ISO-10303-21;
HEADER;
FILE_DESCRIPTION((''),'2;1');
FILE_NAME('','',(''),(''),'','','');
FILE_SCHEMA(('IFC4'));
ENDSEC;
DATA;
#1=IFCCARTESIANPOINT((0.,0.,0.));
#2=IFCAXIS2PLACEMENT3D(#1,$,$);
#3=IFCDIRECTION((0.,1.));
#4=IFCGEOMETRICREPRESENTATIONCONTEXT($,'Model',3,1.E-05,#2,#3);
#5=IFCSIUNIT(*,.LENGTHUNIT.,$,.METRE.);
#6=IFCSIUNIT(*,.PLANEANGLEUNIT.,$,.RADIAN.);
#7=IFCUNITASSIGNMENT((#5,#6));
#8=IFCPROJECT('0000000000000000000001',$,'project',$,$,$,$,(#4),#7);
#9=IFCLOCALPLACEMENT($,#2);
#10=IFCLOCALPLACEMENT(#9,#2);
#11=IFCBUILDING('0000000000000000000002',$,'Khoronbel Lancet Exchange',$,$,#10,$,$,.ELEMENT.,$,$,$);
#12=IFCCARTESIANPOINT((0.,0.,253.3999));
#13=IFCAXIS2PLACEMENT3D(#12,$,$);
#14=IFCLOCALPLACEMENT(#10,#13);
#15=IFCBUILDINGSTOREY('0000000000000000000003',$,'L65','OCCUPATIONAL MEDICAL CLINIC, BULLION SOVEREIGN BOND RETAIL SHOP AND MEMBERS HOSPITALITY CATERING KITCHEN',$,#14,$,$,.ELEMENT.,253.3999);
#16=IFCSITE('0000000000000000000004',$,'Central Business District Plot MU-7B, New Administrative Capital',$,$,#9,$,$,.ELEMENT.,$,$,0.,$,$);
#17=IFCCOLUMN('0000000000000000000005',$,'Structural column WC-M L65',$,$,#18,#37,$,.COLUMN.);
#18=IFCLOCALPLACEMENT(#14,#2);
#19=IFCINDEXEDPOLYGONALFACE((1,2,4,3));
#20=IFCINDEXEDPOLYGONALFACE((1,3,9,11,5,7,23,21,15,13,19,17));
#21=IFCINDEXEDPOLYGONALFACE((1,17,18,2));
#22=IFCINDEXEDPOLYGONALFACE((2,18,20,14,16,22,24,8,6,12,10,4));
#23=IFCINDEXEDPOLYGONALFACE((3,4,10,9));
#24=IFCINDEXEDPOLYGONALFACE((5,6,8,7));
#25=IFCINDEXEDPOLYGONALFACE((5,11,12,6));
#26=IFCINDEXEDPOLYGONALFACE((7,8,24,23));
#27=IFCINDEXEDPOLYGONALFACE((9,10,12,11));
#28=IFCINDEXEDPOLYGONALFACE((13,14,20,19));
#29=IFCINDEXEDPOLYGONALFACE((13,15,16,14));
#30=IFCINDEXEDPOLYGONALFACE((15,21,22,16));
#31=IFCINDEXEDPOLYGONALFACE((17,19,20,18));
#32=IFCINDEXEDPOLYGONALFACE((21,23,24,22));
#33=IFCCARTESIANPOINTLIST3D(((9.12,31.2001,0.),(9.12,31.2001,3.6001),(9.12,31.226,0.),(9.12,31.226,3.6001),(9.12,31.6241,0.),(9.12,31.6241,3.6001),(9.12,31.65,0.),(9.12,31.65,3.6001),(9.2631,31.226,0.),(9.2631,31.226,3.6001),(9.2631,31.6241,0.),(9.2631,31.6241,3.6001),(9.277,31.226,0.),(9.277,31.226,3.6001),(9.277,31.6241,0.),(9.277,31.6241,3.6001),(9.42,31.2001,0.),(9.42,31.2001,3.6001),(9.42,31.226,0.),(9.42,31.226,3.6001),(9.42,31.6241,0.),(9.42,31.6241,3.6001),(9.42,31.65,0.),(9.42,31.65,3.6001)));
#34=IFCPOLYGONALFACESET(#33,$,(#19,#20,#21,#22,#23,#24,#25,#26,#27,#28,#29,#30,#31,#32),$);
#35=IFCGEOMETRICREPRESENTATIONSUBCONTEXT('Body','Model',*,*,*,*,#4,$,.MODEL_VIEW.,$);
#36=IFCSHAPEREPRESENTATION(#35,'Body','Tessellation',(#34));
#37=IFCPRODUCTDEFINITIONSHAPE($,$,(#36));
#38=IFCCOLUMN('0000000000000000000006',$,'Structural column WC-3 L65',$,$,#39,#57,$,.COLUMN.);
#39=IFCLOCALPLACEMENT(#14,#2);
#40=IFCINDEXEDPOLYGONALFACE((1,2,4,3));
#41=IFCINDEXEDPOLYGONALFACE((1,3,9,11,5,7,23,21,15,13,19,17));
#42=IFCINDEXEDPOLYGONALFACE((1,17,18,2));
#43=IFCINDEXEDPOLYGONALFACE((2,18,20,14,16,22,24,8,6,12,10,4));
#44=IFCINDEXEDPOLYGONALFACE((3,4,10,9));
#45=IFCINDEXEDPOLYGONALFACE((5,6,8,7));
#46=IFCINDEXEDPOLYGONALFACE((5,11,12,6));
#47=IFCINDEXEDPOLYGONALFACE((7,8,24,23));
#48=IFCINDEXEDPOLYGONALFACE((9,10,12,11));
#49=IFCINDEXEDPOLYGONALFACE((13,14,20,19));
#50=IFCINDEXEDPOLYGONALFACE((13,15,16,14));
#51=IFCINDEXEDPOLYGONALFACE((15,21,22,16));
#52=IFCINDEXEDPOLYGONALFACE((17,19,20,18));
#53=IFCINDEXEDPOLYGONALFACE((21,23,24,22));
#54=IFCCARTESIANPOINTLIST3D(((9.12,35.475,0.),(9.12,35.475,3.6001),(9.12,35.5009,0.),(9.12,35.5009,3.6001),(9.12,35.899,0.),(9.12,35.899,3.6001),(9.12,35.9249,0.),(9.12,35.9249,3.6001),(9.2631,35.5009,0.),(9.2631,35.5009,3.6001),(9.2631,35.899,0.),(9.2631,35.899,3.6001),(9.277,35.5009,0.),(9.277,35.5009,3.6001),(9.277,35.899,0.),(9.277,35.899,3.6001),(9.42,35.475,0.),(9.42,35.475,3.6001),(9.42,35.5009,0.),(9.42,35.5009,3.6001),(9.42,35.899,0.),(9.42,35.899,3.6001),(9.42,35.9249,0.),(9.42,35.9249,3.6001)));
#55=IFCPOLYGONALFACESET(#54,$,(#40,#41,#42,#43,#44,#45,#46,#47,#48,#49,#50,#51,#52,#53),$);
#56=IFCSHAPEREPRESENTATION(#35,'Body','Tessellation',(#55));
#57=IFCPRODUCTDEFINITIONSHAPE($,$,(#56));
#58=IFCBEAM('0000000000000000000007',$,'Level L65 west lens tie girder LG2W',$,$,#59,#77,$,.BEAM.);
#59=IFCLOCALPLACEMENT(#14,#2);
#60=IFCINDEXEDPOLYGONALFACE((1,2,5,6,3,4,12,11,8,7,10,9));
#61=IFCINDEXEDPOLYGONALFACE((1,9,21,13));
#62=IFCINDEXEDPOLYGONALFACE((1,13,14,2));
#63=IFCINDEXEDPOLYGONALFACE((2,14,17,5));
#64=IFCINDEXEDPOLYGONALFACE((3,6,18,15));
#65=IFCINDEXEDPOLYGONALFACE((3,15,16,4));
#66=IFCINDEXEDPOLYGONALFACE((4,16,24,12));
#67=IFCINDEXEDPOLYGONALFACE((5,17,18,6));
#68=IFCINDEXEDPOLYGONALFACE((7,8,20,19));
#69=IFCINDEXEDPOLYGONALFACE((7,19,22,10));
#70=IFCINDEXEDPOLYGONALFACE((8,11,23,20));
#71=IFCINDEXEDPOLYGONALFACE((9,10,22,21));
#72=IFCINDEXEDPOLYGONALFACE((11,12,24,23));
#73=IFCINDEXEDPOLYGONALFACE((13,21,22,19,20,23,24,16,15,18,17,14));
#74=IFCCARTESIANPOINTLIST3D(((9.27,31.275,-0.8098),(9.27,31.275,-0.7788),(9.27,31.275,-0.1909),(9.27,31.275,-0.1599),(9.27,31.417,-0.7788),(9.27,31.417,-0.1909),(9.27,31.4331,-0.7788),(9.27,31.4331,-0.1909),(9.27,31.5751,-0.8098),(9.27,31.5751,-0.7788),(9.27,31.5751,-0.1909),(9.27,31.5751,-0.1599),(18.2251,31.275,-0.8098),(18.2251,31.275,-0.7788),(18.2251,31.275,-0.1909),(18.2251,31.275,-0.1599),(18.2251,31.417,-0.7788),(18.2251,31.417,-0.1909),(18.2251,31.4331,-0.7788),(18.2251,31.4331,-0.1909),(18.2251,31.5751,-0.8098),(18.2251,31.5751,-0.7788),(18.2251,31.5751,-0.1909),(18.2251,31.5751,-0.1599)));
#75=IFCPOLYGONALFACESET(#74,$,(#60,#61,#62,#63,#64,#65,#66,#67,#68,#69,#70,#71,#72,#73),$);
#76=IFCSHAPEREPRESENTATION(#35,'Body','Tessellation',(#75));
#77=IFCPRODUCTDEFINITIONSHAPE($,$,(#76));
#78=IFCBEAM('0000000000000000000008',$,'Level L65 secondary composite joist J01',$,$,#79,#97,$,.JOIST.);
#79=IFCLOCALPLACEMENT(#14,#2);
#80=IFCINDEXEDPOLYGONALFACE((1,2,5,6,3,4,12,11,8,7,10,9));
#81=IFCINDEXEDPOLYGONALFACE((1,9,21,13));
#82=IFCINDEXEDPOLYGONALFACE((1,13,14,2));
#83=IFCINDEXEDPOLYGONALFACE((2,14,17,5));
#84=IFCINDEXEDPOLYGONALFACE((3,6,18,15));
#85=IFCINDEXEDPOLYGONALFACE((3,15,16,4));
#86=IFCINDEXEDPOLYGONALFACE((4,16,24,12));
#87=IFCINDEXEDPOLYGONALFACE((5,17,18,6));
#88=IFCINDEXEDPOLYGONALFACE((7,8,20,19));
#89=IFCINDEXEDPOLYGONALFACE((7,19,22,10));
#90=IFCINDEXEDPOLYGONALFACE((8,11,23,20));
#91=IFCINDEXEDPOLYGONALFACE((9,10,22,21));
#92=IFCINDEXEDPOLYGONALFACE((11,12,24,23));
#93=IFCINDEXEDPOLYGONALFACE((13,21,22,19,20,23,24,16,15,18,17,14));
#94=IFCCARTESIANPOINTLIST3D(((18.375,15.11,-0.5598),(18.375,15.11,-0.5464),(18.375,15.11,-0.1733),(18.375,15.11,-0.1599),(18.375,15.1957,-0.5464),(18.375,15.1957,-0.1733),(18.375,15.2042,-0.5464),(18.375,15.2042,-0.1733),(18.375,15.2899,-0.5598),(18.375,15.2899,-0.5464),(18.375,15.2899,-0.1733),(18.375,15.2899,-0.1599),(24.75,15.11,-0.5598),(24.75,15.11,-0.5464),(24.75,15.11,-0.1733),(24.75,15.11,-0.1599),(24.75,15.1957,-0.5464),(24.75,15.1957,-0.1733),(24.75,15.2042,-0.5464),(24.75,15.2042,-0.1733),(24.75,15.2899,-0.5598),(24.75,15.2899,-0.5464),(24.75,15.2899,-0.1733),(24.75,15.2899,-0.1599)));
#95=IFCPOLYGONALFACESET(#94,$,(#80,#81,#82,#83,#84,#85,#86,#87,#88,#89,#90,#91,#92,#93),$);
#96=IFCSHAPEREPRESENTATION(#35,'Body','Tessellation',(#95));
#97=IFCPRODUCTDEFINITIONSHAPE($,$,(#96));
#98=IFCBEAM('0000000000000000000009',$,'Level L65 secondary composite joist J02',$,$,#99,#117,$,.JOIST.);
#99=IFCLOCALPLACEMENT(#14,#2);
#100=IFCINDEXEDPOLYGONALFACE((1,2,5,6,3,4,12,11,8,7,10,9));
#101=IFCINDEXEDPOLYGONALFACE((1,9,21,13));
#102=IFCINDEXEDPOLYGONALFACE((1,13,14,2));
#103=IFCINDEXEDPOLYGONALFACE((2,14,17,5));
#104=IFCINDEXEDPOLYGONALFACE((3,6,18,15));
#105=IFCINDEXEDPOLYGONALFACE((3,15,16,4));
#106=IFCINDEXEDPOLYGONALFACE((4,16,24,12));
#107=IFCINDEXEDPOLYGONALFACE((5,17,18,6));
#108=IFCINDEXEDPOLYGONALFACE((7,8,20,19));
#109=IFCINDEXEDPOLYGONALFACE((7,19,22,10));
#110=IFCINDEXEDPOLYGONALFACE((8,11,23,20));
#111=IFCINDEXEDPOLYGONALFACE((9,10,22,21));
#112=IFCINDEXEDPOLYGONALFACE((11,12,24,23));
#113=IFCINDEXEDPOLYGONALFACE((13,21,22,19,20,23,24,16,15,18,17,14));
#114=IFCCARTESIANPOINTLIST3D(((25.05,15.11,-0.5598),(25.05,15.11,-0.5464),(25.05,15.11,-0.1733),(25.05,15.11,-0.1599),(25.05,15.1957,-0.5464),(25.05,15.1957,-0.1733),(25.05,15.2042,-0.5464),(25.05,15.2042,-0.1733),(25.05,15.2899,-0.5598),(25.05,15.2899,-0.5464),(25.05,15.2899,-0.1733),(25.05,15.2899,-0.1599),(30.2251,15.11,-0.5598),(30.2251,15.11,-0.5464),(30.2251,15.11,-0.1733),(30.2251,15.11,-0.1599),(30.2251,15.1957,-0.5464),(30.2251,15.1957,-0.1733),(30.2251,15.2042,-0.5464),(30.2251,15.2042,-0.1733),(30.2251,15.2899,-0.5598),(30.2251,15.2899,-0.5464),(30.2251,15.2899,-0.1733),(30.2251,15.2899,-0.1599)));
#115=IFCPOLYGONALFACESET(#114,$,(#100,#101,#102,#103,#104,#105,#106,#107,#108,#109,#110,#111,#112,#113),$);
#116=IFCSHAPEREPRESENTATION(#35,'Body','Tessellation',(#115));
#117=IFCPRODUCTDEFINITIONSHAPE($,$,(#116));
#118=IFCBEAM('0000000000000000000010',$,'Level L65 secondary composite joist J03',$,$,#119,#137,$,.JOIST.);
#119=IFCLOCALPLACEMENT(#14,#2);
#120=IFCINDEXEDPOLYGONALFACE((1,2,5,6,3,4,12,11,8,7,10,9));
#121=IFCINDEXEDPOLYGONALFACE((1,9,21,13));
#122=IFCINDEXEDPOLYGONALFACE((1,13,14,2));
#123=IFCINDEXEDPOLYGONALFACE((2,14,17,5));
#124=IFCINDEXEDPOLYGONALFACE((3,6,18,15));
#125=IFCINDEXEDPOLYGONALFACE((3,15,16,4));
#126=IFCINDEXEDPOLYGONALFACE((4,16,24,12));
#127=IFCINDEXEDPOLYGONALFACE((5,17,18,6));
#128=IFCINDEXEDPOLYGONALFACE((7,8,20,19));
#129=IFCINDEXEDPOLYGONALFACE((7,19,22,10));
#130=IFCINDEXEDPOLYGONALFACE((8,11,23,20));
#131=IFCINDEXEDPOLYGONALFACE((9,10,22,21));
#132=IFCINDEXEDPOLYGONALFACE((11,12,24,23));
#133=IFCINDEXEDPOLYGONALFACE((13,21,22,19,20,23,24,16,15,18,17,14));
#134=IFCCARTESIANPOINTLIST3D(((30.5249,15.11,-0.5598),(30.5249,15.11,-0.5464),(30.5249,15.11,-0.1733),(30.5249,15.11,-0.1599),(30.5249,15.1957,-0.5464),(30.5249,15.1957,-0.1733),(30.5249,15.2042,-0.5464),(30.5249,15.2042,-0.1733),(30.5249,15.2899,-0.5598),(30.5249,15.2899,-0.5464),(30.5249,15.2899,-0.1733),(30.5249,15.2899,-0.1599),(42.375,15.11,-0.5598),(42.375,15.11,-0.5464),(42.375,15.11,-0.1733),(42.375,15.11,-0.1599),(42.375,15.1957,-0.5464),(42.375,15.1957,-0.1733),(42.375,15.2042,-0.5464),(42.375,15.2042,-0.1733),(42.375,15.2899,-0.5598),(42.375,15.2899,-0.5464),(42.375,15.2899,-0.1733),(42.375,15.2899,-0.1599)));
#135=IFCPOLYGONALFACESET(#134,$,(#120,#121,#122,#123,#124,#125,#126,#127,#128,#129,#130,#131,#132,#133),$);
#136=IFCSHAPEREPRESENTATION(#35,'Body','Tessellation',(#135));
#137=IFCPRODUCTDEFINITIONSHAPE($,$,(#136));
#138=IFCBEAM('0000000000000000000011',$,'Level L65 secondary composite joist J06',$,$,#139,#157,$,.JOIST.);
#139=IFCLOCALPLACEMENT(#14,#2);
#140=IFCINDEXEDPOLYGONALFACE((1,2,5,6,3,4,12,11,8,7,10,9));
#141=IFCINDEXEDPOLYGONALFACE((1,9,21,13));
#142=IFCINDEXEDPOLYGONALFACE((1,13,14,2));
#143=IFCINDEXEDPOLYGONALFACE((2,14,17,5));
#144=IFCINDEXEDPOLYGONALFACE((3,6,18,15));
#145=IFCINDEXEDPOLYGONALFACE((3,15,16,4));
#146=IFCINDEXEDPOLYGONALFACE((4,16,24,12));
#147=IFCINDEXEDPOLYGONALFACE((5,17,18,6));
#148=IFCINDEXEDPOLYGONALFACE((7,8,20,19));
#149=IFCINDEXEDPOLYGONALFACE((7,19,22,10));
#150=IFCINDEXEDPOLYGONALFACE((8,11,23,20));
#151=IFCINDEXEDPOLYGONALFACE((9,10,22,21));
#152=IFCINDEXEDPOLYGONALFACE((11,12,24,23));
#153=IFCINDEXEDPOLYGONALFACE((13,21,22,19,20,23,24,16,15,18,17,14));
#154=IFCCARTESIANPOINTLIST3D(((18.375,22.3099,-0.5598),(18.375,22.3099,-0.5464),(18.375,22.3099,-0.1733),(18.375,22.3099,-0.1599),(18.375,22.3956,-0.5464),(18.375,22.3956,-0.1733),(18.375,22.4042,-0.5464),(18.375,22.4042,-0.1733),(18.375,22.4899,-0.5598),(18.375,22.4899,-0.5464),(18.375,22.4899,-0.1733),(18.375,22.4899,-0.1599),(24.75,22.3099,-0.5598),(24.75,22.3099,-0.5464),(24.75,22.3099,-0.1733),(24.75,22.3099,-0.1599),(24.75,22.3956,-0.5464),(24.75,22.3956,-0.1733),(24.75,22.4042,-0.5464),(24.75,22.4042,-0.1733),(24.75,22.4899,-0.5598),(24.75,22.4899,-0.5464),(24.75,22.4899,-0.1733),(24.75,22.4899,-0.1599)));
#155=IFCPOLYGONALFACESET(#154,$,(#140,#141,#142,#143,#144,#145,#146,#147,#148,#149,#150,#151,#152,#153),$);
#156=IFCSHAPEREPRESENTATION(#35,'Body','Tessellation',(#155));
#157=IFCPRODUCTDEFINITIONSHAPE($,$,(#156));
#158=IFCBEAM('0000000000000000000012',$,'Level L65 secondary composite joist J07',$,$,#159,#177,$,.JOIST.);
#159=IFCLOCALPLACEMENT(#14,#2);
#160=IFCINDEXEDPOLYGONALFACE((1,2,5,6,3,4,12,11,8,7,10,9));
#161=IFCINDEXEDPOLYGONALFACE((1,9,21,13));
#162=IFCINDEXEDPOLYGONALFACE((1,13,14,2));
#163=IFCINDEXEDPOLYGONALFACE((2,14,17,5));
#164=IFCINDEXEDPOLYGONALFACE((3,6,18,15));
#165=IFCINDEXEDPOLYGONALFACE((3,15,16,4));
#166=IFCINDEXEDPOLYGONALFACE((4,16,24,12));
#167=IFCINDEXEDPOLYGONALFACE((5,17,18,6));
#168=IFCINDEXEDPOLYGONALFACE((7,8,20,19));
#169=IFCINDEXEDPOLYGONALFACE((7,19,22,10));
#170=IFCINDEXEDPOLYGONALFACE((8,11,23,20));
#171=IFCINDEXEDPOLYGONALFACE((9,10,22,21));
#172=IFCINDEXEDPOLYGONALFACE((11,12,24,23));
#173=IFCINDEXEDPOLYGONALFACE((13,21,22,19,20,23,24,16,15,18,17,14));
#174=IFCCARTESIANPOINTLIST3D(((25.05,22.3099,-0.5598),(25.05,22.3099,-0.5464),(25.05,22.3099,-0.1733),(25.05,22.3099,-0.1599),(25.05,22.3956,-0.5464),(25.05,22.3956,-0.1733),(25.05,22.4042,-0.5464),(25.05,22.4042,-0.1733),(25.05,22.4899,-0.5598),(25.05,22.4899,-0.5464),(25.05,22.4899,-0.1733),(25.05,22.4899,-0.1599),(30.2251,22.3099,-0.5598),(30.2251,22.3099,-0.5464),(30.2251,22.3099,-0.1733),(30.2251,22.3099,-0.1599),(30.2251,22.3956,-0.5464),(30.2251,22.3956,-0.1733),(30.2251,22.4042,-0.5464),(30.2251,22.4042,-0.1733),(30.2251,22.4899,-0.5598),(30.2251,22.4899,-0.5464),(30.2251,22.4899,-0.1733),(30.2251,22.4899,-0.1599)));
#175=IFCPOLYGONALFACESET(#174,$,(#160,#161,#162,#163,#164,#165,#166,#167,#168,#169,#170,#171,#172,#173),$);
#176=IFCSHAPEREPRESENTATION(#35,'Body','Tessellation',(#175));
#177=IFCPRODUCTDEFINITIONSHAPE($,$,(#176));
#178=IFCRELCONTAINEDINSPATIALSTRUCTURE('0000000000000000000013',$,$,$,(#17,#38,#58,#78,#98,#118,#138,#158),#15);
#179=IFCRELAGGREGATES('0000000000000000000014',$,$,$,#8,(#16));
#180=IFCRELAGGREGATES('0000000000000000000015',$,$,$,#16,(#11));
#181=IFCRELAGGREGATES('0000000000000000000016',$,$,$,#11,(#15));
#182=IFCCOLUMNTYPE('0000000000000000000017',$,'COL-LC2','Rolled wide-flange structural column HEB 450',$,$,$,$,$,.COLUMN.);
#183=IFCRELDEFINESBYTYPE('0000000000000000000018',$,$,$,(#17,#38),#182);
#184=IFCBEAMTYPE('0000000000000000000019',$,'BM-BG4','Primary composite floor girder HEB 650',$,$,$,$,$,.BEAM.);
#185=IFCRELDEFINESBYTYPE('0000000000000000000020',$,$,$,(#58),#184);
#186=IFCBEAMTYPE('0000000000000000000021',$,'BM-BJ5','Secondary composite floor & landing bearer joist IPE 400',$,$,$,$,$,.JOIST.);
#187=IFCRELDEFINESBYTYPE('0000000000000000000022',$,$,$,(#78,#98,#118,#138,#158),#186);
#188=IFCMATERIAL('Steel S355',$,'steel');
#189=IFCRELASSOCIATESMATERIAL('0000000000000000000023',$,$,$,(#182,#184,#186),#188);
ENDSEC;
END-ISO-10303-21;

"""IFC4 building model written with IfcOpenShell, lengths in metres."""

from ifc_helpers import new_model, si_unit, direction, frame, origin, origin_2d, place, context, subcontext, project, spatial, i_section, extrude, material, material_profile, profile_set, type_object, element, save


model = new_model("IFC4")

# Units and contexts
model_context = context("Model", 3, precision=1e-05, world=origin(), true_north=direction((0.0, 1.0)))
body_context = subcontext(model_context, "Body", "Model", "MODEL_VIEW")
ifc_project = project(units=[si_unit("LENGTHUNIT", "METRE"), si_unit("PLANEANGLEUNIT", "RADIAN")], contexts=[model_context])

# Site, building, storey
site_placement = place(None, origin())
site = spatial("IfcSite", under=ifc_project, at=site_placement, Name="Central Business District Plot MU-7B, New Administrative Capital", CompositionType="ELEMENT", RefElevation=0.0)
building_placement = place(site_placement, origin())
building = spatial("IfcBuilding", under=site, at=building_placement, Name="Khoronbel Lancet Exchange", CompositionType="ELEMENT")
storey_placement = place(building_placement, frame((0.0, 0.0, 253.3999)))
storey = spatial("IfcBuildingStorey", under=building, at=storey_placement, Name="L65", Description="OCCUPATIONAL MEDICAL CLINIC, BULLION SOVEREIGN BOND RETAIL SHOP AND MEMBERS HOSPITALITY CATERING KITCHEN", CompositionType="ELEMENT", Elevation=253.3999)

# Columns
ifc_material_1 = material(Name="Steel S355", Category="steel")
ifc_material_profile_1 = material_profile(ifc_material_1, i_section(OverallWidth=0.3, OverallDepth=0.45, WebThickness=0.0139, FlangeThickness=0.0259, at=origin_2d()), Name="HEB 450")
ifc_profile_set_1 = profile_set([ifc_material_profile_1], Name="Steel S355")
column_type = type_object("IfcColumnType", Name="COL-LC2", Description="Rolled wide-flange structural column HEB 450", PredefinedType="COLUMN", material=ifc_profile_set_1)
for number, where, z_axis, x_axis, name in (
    (1, (9.27, 31.425, 0.0), (0.0, 0.0, 1.0), (1.0, 0.0, 0.0), "Structural column WC-M L65"),
    (2, (9.27, 35.7, 0.0), (0.0, 0.0, 1.0), (1.0, 0.0, 0.0), "Structural column WC-3 L65"),
):
    element("IfcColumn", number, at=place(storey_placement, frame(where, z_axis=z_axis, x_axis=x_axis)), inside=storey, type_object=column_type, Name=name, PredefinedType="COLUMN", context=body_context, shape_type="SweptSolid", body=[
        extrude(i_section(OverallWidth=0.3, OverallDepth=0.45, WebThickness=0.0139, FlangeThickness=0.0259, at=origin_2d()), origin(), (0.0, 0.0, 1.0), 3.6001),
    ])

# Beams
ifc_material_profile_2 = material_profile(ifc_material_1, i_section(OverallWidth=0.3, OverallDepth=0.6499, WebThickness=0.0161, FlangeThickness=0.031, at=origin_2d()), Name="HEB 650")
ifc_profile_set_2 = profile_set([ifc_material_profile_2], Name="Steel S355")
beam_type_1 = type_object("IfcBeamType", Name="BM-BG4", Description="Primary composite floor girder HEB 650", PredefinedType="BEAM", material=ifc_profile_set_2)
beam_1_placement = place(storey_placement, frame((9.27, 31.425, -0.4849), z_axis=(1.0, 0.0, 0.0), x_axis=(0.0, 1.0, 0.0)))
element("IfcBeam", 3, at=beam_1_placement, inside=storey, type_object=beam_type_1, Name="Level L65 west lens tie girder LG2W", PredefinedType="BEAM", context=body_context, shape_type="SweptSolid", body=[
    extrude(i_section(OverallWidth=0.3, OverallDepth=0.6499, WebThickness=0.0161, FlangeThickness=0.031, at=origin_2d()), origin(), (0.0, 0.0, 1.0), 8.9551),
])
ifc_material_profile_3 = material_profile(ifc_material_1, i_section(OverallWidth=0.1799, OverallDepth=0.3999, WebThickness=0.0085, FlangeThickness=0.0134, at=origin_2d()), Name="IPE 400")
ifc_profile_set_3 = profile_set([ifc_material_profile_3], Name="Steel S355")
beam_type_2 = type_object("IfcBeamType", Name="BM-BJ5", Description="Secondary composite floor & landing bearer joist IPE 400", PredefinedType="JOIST", material=ifc_profile_set_3)
beam_2_placement = place(storey_placement, frame((18.375, 15.2, -0.3599), z_axis=(1.0, 0.0, 0.0), x_axis=(0.0, 1.0, 0.0)))
element("IfcBeam", 4, at=beam_2_placement, inside=storey, type_object=beam_type_2, Name="Level L65 secondary composite joist J01", PredefinedType="JOIST", context=body_context, shape_type="SweptSolid", body=[
    extrude(i_section(OverallWidth=0.1799, OverallDepth=0.3999, WebThickness=0.0085, FlangeThickness=0.0134, at=origin_2d()), origin(), (0.0, 0.0, 1.0), 6.375),
])
beam_3_placement = place(storey_placement, frame((25.05, 15.2, -0.3599), z_axis=(1.0, 0.0, 0.0), x_axis=(0.0, 1.0, 0.0)))
element("IfcBeam", 5, at=beam_3_placement, inside=storey, type_object=beam_type_2, Name="Level L65 secondary composite joist J02", PredefinedType="JOIST", context=body_context, shape_type="SweptSolid", body=[
    extrude(i_section(OverallWidth=0.1799, OverallDepth=0.3999, WebThickness=0.0085, FlangeThickness=0.0134, at=origin_2d()), origin(), (0.0, 0.0, 1.0), 5.175),
])
beam_4_placement = place(storey_placement, frame((30.5249, 15.2, -0.3599), z_axis=(1.0, 0.0, 0.0), x_axis=(0.0, 1.0, 0.0)))
element("IfcBeam", 6, at=beam_4_placement, inside=storey, type_object=beam_type_2, Name="Level L65 secondary composite joist J03", PredefinedType="JOIST", context=body_context, shape_type="SweptSolid", body=[
    extrude(i_section(OverallWidth=0.1799, OverallDepth=0.3999, WebThickness=0.0085, FlangeThickness=0.0134, at=origin_2d()), origin(), (0.0, 0.0, 1.0), 11.8501),
])
beam_5_placement = place(storey_placement, frame((18.375, 22.3999, -0.3599), z_axis=(1.0, 0.0, 0.0), x_axis=(0.0, 1.0, 0.0)))
element("IfcBeam", 7, at=beam_5_placement, inside=storey, type_object=beam_type_2, Name="Level L65 secondary composite joist J06", PredefinedType="JOIST", context=body_context, shape_type="SweptSolid", body=[
    extrude(i_section(OverallWidth=0.1799, OverallDepth=0.3999, WebThickness=0.0085, FlangeThickness=0.0134, at=origin_2d()), origin(), (0.0, 0.0, 1.0), 6.375),
])
beam_6_placement = place(storey_placement, frame((25.05, 22.3999, -0.3599), z_axis=(1.0, 0.0, 0.0), x_axis=(0.0, 1.0, 0.0)))
element("IfcBeam", 8, at=beam_6_placement, inside=storey, type_object=beam_type_2, Name="Level L65 secondary composite joist J07", PredefinedType="JOIST", context=body_context, shape_type="SweptSolid", body=[
    extrude(i_section(OverallWidth=0.1799, OverallDepth=0.3999, WebThickness=0.0085, FlangeThickness=0.0134, at=origin_2d()), origin(), (0.0, 0.0, 1.0), 5.175),
])

save(model, "model.ifc")
